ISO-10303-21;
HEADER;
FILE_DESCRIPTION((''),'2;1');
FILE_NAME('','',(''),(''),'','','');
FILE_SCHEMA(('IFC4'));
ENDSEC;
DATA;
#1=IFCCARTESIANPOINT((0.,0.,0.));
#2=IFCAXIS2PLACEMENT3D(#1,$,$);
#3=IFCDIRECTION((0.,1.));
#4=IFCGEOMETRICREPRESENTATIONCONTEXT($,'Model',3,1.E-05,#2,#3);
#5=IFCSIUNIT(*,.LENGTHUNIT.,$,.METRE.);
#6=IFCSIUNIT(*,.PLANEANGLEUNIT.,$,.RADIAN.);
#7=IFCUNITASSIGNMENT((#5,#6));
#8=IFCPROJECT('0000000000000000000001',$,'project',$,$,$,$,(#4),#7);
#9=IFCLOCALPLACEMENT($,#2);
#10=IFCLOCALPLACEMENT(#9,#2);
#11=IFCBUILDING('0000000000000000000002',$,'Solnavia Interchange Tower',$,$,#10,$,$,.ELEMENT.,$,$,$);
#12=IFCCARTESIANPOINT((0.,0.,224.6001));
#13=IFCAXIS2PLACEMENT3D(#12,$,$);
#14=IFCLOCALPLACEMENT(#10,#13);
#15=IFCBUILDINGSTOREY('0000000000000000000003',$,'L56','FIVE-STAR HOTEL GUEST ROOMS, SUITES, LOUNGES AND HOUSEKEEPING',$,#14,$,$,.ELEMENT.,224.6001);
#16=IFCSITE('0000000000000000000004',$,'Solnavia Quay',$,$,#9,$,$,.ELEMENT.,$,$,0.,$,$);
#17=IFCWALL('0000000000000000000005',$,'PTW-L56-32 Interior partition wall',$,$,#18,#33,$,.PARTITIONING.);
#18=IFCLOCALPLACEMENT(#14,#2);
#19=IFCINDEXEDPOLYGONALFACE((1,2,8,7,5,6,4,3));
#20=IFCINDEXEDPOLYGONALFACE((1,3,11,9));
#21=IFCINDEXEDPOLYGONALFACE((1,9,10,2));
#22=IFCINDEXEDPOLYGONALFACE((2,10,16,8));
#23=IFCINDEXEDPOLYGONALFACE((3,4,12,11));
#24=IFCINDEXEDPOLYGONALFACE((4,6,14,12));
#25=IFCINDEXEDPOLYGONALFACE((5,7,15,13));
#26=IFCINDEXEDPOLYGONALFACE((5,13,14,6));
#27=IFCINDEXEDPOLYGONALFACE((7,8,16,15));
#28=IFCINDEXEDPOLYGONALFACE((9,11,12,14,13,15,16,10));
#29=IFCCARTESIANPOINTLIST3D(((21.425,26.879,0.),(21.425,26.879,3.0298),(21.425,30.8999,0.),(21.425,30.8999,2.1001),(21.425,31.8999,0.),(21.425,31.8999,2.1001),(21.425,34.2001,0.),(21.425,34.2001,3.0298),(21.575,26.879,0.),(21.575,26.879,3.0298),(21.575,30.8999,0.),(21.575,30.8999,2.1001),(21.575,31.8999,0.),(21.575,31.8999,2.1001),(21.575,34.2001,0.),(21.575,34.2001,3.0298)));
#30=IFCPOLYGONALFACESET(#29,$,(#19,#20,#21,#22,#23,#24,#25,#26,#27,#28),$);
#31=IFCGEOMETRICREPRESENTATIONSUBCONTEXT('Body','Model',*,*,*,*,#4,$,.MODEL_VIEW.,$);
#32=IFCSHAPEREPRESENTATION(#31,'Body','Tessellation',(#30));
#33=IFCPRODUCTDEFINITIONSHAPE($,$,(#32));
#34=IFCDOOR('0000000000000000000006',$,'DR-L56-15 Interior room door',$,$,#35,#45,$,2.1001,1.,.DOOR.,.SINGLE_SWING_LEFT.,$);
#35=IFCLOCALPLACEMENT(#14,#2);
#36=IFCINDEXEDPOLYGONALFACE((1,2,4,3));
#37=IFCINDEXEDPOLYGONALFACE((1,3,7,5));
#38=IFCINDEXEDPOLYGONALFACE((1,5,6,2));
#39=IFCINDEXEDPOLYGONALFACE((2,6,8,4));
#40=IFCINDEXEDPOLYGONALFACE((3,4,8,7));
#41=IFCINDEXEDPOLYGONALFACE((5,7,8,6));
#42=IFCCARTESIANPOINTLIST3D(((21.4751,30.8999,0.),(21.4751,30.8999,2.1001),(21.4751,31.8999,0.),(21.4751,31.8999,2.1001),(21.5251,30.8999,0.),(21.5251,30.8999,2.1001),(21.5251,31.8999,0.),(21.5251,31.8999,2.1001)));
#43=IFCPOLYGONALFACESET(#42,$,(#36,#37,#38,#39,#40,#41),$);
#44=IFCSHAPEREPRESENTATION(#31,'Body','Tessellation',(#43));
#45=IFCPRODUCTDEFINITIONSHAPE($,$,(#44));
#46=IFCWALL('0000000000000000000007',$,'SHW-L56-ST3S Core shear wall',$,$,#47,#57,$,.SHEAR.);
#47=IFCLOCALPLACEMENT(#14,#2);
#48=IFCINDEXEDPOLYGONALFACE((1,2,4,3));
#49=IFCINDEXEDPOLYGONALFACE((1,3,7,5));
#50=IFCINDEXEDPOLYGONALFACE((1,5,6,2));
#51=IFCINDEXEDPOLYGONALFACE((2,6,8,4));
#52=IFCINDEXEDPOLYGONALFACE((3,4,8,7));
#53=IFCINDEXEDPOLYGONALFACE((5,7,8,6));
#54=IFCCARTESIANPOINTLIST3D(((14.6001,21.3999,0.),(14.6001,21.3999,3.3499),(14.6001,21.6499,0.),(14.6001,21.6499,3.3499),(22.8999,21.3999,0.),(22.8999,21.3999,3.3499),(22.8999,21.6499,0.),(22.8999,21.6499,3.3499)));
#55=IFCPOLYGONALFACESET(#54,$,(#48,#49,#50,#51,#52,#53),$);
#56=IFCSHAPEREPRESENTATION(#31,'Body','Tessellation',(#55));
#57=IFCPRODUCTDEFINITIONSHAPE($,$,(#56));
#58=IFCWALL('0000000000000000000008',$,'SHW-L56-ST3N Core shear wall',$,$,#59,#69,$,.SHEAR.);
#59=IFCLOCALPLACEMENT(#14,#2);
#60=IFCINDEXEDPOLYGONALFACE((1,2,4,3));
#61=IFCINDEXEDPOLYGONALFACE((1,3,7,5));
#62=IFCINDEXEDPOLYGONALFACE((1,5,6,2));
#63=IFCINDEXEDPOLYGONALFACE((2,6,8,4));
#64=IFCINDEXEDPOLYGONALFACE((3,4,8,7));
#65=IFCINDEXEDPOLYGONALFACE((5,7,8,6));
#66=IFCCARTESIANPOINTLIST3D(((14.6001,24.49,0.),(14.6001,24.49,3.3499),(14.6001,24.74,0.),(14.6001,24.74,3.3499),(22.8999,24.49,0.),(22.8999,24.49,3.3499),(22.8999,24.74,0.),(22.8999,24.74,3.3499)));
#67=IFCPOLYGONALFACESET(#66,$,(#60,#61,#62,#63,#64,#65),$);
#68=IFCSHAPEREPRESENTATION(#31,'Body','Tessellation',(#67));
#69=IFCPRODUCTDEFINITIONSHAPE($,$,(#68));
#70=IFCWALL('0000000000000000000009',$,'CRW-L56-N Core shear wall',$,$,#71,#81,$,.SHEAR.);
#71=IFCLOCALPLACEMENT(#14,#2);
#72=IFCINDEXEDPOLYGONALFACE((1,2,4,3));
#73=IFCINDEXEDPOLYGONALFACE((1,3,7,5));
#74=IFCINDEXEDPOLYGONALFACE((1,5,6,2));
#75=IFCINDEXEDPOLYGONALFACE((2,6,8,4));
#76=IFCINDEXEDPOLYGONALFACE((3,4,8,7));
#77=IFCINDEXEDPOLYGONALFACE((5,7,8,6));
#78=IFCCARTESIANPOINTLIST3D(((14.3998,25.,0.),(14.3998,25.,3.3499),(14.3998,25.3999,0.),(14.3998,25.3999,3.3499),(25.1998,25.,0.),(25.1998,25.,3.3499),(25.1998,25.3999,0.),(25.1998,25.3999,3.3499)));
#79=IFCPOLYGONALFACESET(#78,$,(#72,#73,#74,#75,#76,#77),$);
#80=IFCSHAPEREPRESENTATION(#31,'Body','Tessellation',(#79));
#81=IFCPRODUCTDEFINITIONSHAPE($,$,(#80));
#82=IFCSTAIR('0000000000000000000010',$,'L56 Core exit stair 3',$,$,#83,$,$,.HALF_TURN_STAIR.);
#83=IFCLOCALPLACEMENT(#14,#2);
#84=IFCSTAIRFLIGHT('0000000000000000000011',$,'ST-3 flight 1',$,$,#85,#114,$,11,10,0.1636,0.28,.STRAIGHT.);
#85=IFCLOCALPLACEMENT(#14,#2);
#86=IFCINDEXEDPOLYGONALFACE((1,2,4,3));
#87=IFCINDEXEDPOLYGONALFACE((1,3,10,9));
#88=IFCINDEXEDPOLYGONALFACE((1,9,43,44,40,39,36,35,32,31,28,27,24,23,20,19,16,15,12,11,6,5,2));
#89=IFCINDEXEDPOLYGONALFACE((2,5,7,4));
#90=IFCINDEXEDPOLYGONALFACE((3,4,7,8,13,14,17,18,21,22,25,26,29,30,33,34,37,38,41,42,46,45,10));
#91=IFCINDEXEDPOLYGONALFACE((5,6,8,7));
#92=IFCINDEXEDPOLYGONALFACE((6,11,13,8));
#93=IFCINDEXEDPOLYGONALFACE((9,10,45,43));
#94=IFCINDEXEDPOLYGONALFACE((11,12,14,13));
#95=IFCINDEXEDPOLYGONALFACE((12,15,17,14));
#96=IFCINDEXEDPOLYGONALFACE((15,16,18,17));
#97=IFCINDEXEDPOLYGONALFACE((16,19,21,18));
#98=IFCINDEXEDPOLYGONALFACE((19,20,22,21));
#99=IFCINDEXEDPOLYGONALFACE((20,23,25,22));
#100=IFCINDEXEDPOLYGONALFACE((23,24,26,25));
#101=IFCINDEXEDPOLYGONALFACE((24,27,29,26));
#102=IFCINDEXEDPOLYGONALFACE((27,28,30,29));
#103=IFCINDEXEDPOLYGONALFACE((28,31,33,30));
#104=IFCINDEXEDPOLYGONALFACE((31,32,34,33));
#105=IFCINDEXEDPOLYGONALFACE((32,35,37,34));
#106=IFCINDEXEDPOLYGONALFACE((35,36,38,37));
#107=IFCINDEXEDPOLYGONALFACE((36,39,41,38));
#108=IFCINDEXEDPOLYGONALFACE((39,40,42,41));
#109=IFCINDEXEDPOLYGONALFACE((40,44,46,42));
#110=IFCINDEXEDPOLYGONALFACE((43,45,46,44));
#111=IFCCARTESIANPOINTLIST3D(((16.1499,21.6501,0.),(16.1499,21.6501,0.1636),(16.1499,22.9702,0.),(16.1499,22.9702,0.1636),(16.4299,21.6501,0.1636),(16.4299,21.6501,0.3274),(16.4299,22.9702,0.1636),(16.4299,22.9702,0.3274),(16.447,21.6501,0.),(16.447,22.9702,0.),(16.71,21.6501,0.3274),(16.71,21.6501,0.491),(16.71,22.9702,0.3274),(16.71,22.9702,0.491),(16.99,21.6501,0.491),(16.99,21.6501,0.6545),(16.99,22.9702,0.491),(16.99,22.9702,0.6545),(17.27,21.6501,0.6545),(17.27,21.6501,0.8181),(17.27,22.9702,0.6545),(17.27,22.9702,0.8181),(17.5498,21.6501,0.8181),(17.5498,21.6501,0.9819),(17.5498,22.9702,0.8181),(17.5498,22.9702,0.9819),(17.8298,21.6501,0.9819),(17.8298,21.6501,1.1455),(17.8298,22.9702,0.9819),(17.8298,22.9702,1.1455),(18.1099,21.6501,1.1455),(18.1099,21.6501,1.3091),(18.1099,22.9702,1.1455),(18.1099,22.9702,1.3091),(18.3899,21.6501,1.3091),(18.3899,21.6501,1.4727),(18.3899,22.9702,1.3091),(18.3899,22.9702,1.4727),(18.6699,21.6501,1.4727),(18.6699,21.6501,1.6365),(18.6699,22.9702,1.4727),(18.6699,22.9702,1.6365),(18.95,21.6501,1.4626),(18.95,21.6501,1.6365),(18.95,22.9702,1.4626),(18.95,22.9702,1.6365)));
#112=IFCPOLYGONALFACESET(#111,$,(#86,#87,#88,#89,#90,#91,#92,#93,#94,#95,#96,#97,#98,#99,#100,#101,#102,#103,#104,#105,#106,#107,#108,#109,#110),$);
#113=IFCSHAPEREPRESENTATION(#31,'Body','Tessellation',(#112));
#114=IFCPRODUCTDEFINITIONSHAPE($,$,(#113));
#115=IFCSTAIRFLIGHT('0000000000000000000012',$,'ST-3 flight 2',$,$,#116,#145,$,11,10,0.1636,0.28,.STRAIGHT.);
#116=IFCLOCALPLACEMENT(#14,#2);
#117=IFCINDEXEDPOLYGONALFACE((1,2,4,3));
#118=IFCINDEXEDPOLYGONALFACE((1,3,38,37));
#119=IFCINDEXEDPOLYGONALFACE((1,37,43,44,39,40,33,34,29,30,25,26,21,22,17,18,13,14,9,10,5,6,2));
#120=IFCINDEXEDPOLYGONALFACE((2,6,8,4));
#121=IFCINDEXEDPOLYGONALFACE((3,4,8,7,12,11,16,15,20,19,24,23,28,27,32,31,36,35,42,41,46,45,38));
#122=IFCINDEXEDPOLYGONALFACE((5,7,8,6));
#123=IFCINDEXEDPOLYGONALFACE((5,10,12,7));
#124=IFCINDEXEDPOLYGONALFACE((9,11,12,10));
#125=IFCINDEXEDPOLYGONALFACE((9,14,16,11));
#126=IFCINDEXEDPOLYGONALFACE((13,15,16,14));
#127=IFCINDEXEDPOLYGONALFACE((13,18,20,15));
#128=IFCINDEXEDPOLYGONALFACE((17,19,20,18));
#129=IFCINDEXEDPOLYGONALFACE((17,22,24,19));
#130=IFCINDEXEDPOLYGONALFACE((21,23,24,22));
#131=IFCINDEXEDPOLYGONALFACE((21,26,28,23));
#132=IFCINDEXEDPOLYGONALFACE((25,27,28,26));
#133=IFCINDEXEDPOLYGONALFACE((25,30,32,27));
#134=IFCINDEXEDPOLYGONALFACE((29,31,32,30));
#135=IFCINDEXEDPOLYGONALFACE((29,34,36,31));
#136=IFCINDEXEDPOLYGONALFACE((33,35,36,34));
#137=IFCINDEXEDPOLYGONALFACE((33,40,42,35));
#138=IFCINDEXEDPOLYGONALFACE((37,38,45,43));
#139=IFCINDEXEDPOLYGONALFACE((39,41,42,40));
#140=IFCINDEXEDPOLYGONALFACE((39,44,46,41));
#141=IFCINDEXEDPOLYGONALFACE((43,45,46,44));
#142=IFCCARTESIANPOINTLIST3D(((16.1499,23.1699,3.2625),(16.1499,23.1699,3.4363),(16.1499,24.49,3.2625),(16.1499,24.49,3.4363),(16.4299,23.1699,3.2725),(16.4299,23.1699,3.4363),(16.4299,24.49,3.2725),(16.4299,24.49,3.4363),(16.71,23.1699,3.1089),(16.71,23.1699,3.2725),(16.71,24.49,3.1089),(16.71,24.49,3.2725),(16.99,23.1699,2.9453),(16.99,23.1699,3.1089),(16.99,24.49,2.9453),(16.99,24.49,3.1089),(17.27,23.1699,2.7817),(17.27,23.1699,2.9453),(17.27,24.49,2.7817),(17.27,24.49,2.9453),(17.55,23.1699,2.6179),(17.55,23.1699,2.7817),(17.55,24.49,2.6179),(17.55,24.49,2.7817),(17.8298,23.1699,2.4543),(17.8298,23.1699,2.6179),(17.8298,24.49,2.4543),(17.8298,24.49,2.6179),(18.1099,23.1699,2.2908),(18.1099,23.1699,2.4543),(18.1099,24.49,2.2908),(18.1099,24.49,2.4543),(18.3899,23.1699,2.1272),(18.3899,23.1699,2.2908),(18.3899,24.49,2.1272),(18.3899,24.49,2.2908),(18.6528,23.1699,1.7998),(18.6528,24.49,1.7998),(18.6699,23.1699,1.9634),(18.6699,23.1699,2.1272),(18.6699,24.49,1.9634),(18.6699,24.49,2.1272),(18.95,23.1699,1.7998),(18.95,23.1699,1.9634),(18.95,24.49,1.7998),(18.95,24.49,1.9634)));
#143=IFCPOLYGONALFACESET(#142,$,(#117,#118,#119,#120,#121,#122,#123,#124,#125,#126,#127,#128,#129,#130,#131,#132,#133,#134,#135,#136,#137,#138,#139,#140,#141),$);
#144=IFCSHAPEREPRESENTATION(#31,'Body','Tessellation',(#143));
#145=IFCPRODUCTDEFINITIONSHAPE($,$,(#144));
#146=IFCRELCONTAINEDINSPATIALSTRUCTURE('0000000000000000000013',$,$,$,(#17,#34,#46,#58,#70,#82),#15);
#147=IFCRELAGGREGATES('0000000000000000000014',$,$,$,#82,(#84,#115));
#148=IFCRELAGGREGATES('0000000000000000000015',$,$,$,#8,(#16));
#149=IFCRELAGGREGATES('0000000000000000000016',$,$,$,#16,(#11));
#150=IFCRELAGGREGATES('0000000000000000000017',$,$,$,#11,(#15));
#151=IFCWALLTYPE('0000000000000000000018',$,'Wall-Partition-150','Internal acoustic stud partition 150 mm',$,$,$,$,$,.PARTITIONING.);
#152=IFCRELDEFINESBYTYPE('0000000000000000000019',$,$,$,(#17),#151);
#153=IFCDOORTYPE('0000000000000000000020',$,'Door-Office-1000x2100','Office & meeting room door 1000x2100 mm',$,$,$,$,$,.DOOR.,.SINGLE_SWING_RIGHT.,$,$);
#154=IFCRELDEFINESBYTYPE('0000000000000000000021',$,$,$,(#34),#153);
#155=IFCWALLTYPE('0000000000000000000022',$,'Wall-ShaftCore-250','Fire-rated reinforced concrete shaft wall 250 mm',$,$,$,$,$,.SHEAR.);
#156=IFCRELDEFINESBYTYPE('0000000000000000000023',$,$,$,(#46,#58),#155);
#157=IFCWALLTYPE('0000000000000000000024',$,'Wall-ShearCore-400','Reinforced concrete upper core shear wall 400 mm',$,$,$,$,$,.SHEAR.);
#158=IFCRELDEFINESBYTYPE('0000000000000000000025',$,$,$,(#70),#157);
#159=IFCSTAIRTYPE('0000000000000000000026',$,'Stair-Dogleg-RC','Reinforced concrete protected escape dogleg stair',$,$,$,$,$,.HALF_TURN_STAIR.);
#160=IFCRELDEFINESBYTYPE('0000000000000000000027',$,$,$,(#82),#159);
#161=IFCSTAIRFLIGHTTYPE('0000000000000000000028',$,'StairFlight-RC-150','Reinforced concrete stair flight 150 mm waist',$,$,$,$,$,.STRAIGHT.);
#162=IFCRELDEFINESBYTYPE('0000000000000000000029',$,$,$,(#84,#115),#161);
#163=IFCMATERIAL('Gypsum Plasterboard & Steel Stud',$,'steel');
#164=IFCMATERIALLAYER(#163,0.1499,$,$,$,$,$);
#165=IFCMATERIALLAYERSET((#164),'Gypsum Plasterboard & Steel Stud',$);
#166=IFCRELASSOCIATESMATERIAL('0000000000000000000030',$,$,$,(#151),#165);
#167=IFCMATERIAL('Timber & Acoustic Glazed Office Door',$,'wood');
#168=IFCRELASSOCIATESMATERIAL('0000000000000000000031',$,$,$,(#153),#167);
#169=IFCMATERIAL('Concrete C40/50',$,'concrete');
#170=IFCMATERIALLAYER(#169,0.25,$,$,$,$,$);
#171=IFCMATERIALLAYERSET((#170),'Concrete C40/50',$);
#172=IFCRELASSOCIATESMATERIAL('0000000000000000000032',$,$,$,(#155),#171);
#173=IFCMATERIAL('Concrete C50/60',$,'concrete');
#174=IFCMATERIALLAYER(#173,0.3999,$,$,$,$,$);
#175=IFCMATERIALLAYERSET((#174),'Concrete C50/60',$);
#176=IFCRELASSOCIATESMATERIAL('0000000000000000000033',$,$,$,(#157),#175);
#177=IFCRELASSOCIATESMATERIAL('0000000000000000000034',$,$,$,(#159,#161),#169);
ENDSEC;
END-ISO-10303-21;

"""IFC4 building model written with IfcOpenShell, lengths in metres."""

from ifc_helpers import new_model, si_unit, direction, frame, frame_2d, origin, place, context, subcontext, project, spatial, polyline, rectangle, outline, extrude, material, layer, layer_set, type_object, element, fill, aggregate, save


model = new_model("IFC4")

# Units and contexts
model_context = context("Model", 3, precision=1e-05, world=origin(), true_north=direction((0.0, 1.0)))
body_context = subcontext(model_context, "Body", "Model", "MODEL_VIEW")
ifc_project = project(units=[si_unit("LENGTHUNIT", "METRE"), si_unit("PLANEANGLEUNIT", "RADIAN")], contexts=[model_context])

# Site, building, storey
site_placement = place(None, origin())
site = spatial("IfcSite", under=ifc_project, at=site_placement, Name="Solnavia Quay", CompositionType="ELEMENT", RefElevation=0.0)
building_placement = place(site_placement, origin())
building = spatial("IfcBuilding", under=site, at=building_placement, Name="Solnavia Interchange Tower", CompositionType="ELEMENT")
storey_placement = place(building_placement, frame((0.0, 0.0, 224.6001)))
storey = spatial("IfcBuildingStorey", under=building, at=storey_placement, Name="L56", Description="FIVE-STAR HOTEL GUEST ROOMS, SUITES, LOUNGES AND HOUSEKEEPING", CompositionType="ELEMENT", Elevation=224.6001)

# Shared definitions
ifc_material_1 = material(Name="Concrete C50/60", Category="concrete")

# Shared definitions
ifc_material_2 = material(Name="Concrete C40/50", Category="concrete")

# Shared definitions
ifc_material_3 = material(Name="Gypsum Plasterboard & Steel Stud", Category="steel")
ifc_layer_1 = layer(ifc_material_3, 0.1499)
ifc_layer_set_1 = layer_set([ifc_layer_1], Name="Gypsum Plasterboard & Steel Stud")
wall_type_1 = type_object("IfcWallType", Name="Wall-Partition-150", Description="Internal acoustic stud partition 150 mm", PredefinedType="PARTITIONING", material=ifc_layer_set_1)

# Shared definitions
ifc_material_4 = material(Name="Timber & Acoustic Glazed Office Door", Category="wood")
door_type = type_object("IfcDoorType", Name="Door-Office-1000x2100", Description="Office & meeting room door 1000x2100 mm", OperationType="SINGLE_SWING_RIGHT", PredefinedType="DOOR", material=ifc_material_4)

# Wall, opening, door
wall_1_placement = place(storey_placement, frame((21.5, 26.8789, 0.0), z_axis=(0.0, 0.0, 1.0), x_axis=(0.0, 1.0, 0.0)))
wall_1 = element("IfcWall", 1, at=wall_1_placement, inside=storey, type_object=wall_type_1, Name="PTW-L56-32 Interior partition wall", PredefinedType="PARTITIONING", context=body_context, shape_type="SweptSolid", body=[
    extrude(rectangle(XDim=7.321, YDim=0.1499, at=frame_2d((3.6606, 0.0))), origin(), (0.0, 0.0, 1.0), 3.0298),
])
opening_1_placement = place(wall_1_placement, frame((4.021, 0.0, 0.0)))
opening_1 = element("IfcOpeningElement", 2, at=opening_1_placement, cuts=wall_1, PredefinedType="OPENING", context=body_context, shape_type="SweptSolid", body=[
    extrude(rectangle(XDim=1.0, YDim=2.1001, at=frame_2d((0.5, 1.05))), frame((0.0, 0.085, 0.0), z_axis=(0.0, -1.0, 0.0), x_axis=(1.0, 0.0, 0.0)), (0.0, 0.0, 1.0), 0.1699),
])
door_1_placement = place(opening_1_placement, origin())
door_1 = element("IfcDoor", 3, at=door_1_placement, inside=storey, type_object=door_type, Name="DR-L56-15 Interior room door", OperationType="SINGLE_SWING_LEFT", OverallHeight=2.1001, OverallWidth=1.0, PredefinedType="DOOR", context=body_context, shape_type="SweptSolid", body=[
    extrude(rectangle(XDim=1.0, YDim=2.1001, at=frame_2d((0.5, 1.05))), frame((0.0, 0.0249, 0.0), z_axis=(0.0, -1.0, 0.0), x_axis=(1.0, 0.0, 0.0)), (0.0, 0.0, 1.0), 0.05),
])
fill(opening_1, door_1)

# Walls
ifc_layer_2 = layer(ifc_material_2, 0.25)
ifc_layer_set_2 = layer_set([ifc_layer_2], Name="Concrete C40/50")
wall_type_2 = type_object("IfcWallType", Name="Wall-ShaftCore-250", Description="Fire-rated reinforced concrete shaft wall 250 mm", PredefinedType="SHEAR", material=ifc_layer_set_2)
for number, where, z_axis, x_axis, name in (
    (4, (14.6001, 21.5249, 0.0), (0.0, 0.0, 1.0), (1.0, 0.0, 0.0), "SHW-L56-ST3S Core shear wall"),
    (5, (14.6001, 24.615, 0.0), (0.0, 0.0, 1.0), (1.0, 0.0, 0.0), "SHW-L56-ST3N Core shear wall"),
):
    element("IfcWall", number, at=place(storey_placement, frame(where, z_axis=z_axis, x_axis=x_axis)), inside=storey, type_object=wall_type_2, Name=name, PredefinedType="SHEAR", context=body_context, shape_type="SweptSolid", body=[
        extrude(rectangle(XDim=8.2998, YDim=0.25, at=frame_2d((4.1499, 0.0))), origin(), (0.0, 0.0, 1.0), 3.3499),
    ])
ifc_layer_3 = layer(ifc_material_1, 0.3999)
ifc_layer_set_3 = layer_set([ifc_layer_3], Name="Concrete C50/60")
wall_type_3 = type_object("IfcWallType", Name="Wall-ShearCore-400", Description="Reinforced concrete upper core shear wall 400 mm", PredefinedType="SHEAR", material=ifc_layer_set_3)
wall_2_placement = place(storey_placement, frame((14.3999, 25.2, 0.0), z_axis=(0.0, 0.0, 1.0), x_axis=(1.0, 0.0, 0.0)))
element("IfcWall", 6, at=wall_2_placement, inside=storey, type_object=wall_type_3, Name="CRW-L56-N Core shear wall", PredefinedType="SHEAR", context=body_context, shape_type="SweptSolid", body=[
    extrude(rectangle(XDim=10.8, YDim=0.3999, at=frame_2d((5.3999, 0.0))), origin(), (0.0, 0.0, 1.0), 3.3499),
])

# Stair, stair flights
stair_type = type_object("IfcStairType", Name="Stair-Dogleg-RC", Description="Reinforced concrete protected escape dogleg stair", PredefinedType="HALF_TURN_STAIR", material=ifc_material_2)
stair_placement = place(storey_placement, origin())
stair = element("IfcStair", 7, at=stair_placement, inside=storey, type_object=stair_type, Name="L56 Core exit stair 3", PredefinedType="HALF_TURN_STAIR")
stair_flight_type = type_object("IfcStairFlightType", Name="StairFlight-RC-150", Description="Reinforced concrete stair flight 150 mm waist", PredefinedType="STRAIGHT", material=ifc_material_2)
stair_flight_1_placement = place(storey_placement, frame((16.1499, 22.3101, 0.0), z_axis=(0.0, 0.0, 1.0), x_axis=(1.0, 0.0, 0.0)))
stair_flight_1 = element("IfcStairFlight", 8, at=stair_flight_1_placement, type_object=stair_flight_type, Name="ST-3 flight 1", NumberOfRisers=11, NumberOfTreads=10, PredefinedType="STRAIGHT", RiserHeight=0.1636, TreadLength=0.28, context=body_context, shape_type="SweptSolid", body=[
    extrude(outline(polyline([(0.0, 0.0), (0.0, 0.1636), (0.28, 0.1636), (0.28, 0.3274), (0.5601, 0.3274), (0.5601, 0.491), (0.8401, 0.491), (0.8401, 0.6545), (1.1201, 0.6545), (1.1201, 0.8181), (1.3999, 0.8181), (1.3999, 0.9819), (1.6799, 0.9819), (1.6799, 1.1455), (1.96, 1.1455), (1.96, 1.3091), (2.24, 1.3091), (2.24, 1.4727), (2.52, 1.4727), (2.52, 1.6365), (2.8, 1.6365), (2.8, 1.8), (2.8, 1.4626), (0.2971, 0.0), (0.0, 0.0)])), frame((0.0, 0.6602, 0.0), z_axis=(0.0, -1.0, 0.0), x_axis=(1.0, 0.0, 0.0)), (0.0, 0.0, 1.0), 1.3201),
])
stair_flight_2_placement = place(storey_placement, frame((18.95, 23.8301, 1.7998), z_axis=(0.0, 0.0, 1.0), x_axis=(-1.0, 0.0, 0.0)))
stair_flight_2 = element("IfcStairFlight", 9, at=stair_flight_2_placement, type_object=stair_flight_type, Name="ST-3 flight 2", NumberOfRisers=11, NumberOfTreads=10, PredefinedType="STRAIGHT", RiserHeight=0.1636, TreadLength=0.28, context=body_context, shape_type="SweptSolid", body=[
    extrude(outline(polyline([(0.0, 0.0), (0.0, 0.1636), (0.28, 0.1636), (0.28, 0.3274), (0.5601, 0.3274), (0.5601, 0.491), (0.8401, 0.491), (0.8401, 0.6545), (1.1201, 0.6545), (1.1201, 0.8181), (1.3999, 0.8181), (1.3999, 0.9819), (1.6799, 0.9819), (1.6799, 1.1455), (1.96, 1.1455), (1.96, 1.3091), (2.24, 1.3091), (2.24, 1.4727), (2.52, 1.4727), (2.52, 1.6365), (2.8, 1.6365), (2.8, 1.8), (2.8, 1.4626), (0.2971, 0.0), (0.0, 0.0)])), frame((0.0, 0.6602, 0.0), z_axis=(0.0, -1.0, 0.0), x_axis=(1.0, 0.0, 0.0)), (0.0, 0.0, 1.0), 1.3201),
])
aggregate(stair, [stair_flight_1, stair_flight_2])

save(model, "model.ifc")
